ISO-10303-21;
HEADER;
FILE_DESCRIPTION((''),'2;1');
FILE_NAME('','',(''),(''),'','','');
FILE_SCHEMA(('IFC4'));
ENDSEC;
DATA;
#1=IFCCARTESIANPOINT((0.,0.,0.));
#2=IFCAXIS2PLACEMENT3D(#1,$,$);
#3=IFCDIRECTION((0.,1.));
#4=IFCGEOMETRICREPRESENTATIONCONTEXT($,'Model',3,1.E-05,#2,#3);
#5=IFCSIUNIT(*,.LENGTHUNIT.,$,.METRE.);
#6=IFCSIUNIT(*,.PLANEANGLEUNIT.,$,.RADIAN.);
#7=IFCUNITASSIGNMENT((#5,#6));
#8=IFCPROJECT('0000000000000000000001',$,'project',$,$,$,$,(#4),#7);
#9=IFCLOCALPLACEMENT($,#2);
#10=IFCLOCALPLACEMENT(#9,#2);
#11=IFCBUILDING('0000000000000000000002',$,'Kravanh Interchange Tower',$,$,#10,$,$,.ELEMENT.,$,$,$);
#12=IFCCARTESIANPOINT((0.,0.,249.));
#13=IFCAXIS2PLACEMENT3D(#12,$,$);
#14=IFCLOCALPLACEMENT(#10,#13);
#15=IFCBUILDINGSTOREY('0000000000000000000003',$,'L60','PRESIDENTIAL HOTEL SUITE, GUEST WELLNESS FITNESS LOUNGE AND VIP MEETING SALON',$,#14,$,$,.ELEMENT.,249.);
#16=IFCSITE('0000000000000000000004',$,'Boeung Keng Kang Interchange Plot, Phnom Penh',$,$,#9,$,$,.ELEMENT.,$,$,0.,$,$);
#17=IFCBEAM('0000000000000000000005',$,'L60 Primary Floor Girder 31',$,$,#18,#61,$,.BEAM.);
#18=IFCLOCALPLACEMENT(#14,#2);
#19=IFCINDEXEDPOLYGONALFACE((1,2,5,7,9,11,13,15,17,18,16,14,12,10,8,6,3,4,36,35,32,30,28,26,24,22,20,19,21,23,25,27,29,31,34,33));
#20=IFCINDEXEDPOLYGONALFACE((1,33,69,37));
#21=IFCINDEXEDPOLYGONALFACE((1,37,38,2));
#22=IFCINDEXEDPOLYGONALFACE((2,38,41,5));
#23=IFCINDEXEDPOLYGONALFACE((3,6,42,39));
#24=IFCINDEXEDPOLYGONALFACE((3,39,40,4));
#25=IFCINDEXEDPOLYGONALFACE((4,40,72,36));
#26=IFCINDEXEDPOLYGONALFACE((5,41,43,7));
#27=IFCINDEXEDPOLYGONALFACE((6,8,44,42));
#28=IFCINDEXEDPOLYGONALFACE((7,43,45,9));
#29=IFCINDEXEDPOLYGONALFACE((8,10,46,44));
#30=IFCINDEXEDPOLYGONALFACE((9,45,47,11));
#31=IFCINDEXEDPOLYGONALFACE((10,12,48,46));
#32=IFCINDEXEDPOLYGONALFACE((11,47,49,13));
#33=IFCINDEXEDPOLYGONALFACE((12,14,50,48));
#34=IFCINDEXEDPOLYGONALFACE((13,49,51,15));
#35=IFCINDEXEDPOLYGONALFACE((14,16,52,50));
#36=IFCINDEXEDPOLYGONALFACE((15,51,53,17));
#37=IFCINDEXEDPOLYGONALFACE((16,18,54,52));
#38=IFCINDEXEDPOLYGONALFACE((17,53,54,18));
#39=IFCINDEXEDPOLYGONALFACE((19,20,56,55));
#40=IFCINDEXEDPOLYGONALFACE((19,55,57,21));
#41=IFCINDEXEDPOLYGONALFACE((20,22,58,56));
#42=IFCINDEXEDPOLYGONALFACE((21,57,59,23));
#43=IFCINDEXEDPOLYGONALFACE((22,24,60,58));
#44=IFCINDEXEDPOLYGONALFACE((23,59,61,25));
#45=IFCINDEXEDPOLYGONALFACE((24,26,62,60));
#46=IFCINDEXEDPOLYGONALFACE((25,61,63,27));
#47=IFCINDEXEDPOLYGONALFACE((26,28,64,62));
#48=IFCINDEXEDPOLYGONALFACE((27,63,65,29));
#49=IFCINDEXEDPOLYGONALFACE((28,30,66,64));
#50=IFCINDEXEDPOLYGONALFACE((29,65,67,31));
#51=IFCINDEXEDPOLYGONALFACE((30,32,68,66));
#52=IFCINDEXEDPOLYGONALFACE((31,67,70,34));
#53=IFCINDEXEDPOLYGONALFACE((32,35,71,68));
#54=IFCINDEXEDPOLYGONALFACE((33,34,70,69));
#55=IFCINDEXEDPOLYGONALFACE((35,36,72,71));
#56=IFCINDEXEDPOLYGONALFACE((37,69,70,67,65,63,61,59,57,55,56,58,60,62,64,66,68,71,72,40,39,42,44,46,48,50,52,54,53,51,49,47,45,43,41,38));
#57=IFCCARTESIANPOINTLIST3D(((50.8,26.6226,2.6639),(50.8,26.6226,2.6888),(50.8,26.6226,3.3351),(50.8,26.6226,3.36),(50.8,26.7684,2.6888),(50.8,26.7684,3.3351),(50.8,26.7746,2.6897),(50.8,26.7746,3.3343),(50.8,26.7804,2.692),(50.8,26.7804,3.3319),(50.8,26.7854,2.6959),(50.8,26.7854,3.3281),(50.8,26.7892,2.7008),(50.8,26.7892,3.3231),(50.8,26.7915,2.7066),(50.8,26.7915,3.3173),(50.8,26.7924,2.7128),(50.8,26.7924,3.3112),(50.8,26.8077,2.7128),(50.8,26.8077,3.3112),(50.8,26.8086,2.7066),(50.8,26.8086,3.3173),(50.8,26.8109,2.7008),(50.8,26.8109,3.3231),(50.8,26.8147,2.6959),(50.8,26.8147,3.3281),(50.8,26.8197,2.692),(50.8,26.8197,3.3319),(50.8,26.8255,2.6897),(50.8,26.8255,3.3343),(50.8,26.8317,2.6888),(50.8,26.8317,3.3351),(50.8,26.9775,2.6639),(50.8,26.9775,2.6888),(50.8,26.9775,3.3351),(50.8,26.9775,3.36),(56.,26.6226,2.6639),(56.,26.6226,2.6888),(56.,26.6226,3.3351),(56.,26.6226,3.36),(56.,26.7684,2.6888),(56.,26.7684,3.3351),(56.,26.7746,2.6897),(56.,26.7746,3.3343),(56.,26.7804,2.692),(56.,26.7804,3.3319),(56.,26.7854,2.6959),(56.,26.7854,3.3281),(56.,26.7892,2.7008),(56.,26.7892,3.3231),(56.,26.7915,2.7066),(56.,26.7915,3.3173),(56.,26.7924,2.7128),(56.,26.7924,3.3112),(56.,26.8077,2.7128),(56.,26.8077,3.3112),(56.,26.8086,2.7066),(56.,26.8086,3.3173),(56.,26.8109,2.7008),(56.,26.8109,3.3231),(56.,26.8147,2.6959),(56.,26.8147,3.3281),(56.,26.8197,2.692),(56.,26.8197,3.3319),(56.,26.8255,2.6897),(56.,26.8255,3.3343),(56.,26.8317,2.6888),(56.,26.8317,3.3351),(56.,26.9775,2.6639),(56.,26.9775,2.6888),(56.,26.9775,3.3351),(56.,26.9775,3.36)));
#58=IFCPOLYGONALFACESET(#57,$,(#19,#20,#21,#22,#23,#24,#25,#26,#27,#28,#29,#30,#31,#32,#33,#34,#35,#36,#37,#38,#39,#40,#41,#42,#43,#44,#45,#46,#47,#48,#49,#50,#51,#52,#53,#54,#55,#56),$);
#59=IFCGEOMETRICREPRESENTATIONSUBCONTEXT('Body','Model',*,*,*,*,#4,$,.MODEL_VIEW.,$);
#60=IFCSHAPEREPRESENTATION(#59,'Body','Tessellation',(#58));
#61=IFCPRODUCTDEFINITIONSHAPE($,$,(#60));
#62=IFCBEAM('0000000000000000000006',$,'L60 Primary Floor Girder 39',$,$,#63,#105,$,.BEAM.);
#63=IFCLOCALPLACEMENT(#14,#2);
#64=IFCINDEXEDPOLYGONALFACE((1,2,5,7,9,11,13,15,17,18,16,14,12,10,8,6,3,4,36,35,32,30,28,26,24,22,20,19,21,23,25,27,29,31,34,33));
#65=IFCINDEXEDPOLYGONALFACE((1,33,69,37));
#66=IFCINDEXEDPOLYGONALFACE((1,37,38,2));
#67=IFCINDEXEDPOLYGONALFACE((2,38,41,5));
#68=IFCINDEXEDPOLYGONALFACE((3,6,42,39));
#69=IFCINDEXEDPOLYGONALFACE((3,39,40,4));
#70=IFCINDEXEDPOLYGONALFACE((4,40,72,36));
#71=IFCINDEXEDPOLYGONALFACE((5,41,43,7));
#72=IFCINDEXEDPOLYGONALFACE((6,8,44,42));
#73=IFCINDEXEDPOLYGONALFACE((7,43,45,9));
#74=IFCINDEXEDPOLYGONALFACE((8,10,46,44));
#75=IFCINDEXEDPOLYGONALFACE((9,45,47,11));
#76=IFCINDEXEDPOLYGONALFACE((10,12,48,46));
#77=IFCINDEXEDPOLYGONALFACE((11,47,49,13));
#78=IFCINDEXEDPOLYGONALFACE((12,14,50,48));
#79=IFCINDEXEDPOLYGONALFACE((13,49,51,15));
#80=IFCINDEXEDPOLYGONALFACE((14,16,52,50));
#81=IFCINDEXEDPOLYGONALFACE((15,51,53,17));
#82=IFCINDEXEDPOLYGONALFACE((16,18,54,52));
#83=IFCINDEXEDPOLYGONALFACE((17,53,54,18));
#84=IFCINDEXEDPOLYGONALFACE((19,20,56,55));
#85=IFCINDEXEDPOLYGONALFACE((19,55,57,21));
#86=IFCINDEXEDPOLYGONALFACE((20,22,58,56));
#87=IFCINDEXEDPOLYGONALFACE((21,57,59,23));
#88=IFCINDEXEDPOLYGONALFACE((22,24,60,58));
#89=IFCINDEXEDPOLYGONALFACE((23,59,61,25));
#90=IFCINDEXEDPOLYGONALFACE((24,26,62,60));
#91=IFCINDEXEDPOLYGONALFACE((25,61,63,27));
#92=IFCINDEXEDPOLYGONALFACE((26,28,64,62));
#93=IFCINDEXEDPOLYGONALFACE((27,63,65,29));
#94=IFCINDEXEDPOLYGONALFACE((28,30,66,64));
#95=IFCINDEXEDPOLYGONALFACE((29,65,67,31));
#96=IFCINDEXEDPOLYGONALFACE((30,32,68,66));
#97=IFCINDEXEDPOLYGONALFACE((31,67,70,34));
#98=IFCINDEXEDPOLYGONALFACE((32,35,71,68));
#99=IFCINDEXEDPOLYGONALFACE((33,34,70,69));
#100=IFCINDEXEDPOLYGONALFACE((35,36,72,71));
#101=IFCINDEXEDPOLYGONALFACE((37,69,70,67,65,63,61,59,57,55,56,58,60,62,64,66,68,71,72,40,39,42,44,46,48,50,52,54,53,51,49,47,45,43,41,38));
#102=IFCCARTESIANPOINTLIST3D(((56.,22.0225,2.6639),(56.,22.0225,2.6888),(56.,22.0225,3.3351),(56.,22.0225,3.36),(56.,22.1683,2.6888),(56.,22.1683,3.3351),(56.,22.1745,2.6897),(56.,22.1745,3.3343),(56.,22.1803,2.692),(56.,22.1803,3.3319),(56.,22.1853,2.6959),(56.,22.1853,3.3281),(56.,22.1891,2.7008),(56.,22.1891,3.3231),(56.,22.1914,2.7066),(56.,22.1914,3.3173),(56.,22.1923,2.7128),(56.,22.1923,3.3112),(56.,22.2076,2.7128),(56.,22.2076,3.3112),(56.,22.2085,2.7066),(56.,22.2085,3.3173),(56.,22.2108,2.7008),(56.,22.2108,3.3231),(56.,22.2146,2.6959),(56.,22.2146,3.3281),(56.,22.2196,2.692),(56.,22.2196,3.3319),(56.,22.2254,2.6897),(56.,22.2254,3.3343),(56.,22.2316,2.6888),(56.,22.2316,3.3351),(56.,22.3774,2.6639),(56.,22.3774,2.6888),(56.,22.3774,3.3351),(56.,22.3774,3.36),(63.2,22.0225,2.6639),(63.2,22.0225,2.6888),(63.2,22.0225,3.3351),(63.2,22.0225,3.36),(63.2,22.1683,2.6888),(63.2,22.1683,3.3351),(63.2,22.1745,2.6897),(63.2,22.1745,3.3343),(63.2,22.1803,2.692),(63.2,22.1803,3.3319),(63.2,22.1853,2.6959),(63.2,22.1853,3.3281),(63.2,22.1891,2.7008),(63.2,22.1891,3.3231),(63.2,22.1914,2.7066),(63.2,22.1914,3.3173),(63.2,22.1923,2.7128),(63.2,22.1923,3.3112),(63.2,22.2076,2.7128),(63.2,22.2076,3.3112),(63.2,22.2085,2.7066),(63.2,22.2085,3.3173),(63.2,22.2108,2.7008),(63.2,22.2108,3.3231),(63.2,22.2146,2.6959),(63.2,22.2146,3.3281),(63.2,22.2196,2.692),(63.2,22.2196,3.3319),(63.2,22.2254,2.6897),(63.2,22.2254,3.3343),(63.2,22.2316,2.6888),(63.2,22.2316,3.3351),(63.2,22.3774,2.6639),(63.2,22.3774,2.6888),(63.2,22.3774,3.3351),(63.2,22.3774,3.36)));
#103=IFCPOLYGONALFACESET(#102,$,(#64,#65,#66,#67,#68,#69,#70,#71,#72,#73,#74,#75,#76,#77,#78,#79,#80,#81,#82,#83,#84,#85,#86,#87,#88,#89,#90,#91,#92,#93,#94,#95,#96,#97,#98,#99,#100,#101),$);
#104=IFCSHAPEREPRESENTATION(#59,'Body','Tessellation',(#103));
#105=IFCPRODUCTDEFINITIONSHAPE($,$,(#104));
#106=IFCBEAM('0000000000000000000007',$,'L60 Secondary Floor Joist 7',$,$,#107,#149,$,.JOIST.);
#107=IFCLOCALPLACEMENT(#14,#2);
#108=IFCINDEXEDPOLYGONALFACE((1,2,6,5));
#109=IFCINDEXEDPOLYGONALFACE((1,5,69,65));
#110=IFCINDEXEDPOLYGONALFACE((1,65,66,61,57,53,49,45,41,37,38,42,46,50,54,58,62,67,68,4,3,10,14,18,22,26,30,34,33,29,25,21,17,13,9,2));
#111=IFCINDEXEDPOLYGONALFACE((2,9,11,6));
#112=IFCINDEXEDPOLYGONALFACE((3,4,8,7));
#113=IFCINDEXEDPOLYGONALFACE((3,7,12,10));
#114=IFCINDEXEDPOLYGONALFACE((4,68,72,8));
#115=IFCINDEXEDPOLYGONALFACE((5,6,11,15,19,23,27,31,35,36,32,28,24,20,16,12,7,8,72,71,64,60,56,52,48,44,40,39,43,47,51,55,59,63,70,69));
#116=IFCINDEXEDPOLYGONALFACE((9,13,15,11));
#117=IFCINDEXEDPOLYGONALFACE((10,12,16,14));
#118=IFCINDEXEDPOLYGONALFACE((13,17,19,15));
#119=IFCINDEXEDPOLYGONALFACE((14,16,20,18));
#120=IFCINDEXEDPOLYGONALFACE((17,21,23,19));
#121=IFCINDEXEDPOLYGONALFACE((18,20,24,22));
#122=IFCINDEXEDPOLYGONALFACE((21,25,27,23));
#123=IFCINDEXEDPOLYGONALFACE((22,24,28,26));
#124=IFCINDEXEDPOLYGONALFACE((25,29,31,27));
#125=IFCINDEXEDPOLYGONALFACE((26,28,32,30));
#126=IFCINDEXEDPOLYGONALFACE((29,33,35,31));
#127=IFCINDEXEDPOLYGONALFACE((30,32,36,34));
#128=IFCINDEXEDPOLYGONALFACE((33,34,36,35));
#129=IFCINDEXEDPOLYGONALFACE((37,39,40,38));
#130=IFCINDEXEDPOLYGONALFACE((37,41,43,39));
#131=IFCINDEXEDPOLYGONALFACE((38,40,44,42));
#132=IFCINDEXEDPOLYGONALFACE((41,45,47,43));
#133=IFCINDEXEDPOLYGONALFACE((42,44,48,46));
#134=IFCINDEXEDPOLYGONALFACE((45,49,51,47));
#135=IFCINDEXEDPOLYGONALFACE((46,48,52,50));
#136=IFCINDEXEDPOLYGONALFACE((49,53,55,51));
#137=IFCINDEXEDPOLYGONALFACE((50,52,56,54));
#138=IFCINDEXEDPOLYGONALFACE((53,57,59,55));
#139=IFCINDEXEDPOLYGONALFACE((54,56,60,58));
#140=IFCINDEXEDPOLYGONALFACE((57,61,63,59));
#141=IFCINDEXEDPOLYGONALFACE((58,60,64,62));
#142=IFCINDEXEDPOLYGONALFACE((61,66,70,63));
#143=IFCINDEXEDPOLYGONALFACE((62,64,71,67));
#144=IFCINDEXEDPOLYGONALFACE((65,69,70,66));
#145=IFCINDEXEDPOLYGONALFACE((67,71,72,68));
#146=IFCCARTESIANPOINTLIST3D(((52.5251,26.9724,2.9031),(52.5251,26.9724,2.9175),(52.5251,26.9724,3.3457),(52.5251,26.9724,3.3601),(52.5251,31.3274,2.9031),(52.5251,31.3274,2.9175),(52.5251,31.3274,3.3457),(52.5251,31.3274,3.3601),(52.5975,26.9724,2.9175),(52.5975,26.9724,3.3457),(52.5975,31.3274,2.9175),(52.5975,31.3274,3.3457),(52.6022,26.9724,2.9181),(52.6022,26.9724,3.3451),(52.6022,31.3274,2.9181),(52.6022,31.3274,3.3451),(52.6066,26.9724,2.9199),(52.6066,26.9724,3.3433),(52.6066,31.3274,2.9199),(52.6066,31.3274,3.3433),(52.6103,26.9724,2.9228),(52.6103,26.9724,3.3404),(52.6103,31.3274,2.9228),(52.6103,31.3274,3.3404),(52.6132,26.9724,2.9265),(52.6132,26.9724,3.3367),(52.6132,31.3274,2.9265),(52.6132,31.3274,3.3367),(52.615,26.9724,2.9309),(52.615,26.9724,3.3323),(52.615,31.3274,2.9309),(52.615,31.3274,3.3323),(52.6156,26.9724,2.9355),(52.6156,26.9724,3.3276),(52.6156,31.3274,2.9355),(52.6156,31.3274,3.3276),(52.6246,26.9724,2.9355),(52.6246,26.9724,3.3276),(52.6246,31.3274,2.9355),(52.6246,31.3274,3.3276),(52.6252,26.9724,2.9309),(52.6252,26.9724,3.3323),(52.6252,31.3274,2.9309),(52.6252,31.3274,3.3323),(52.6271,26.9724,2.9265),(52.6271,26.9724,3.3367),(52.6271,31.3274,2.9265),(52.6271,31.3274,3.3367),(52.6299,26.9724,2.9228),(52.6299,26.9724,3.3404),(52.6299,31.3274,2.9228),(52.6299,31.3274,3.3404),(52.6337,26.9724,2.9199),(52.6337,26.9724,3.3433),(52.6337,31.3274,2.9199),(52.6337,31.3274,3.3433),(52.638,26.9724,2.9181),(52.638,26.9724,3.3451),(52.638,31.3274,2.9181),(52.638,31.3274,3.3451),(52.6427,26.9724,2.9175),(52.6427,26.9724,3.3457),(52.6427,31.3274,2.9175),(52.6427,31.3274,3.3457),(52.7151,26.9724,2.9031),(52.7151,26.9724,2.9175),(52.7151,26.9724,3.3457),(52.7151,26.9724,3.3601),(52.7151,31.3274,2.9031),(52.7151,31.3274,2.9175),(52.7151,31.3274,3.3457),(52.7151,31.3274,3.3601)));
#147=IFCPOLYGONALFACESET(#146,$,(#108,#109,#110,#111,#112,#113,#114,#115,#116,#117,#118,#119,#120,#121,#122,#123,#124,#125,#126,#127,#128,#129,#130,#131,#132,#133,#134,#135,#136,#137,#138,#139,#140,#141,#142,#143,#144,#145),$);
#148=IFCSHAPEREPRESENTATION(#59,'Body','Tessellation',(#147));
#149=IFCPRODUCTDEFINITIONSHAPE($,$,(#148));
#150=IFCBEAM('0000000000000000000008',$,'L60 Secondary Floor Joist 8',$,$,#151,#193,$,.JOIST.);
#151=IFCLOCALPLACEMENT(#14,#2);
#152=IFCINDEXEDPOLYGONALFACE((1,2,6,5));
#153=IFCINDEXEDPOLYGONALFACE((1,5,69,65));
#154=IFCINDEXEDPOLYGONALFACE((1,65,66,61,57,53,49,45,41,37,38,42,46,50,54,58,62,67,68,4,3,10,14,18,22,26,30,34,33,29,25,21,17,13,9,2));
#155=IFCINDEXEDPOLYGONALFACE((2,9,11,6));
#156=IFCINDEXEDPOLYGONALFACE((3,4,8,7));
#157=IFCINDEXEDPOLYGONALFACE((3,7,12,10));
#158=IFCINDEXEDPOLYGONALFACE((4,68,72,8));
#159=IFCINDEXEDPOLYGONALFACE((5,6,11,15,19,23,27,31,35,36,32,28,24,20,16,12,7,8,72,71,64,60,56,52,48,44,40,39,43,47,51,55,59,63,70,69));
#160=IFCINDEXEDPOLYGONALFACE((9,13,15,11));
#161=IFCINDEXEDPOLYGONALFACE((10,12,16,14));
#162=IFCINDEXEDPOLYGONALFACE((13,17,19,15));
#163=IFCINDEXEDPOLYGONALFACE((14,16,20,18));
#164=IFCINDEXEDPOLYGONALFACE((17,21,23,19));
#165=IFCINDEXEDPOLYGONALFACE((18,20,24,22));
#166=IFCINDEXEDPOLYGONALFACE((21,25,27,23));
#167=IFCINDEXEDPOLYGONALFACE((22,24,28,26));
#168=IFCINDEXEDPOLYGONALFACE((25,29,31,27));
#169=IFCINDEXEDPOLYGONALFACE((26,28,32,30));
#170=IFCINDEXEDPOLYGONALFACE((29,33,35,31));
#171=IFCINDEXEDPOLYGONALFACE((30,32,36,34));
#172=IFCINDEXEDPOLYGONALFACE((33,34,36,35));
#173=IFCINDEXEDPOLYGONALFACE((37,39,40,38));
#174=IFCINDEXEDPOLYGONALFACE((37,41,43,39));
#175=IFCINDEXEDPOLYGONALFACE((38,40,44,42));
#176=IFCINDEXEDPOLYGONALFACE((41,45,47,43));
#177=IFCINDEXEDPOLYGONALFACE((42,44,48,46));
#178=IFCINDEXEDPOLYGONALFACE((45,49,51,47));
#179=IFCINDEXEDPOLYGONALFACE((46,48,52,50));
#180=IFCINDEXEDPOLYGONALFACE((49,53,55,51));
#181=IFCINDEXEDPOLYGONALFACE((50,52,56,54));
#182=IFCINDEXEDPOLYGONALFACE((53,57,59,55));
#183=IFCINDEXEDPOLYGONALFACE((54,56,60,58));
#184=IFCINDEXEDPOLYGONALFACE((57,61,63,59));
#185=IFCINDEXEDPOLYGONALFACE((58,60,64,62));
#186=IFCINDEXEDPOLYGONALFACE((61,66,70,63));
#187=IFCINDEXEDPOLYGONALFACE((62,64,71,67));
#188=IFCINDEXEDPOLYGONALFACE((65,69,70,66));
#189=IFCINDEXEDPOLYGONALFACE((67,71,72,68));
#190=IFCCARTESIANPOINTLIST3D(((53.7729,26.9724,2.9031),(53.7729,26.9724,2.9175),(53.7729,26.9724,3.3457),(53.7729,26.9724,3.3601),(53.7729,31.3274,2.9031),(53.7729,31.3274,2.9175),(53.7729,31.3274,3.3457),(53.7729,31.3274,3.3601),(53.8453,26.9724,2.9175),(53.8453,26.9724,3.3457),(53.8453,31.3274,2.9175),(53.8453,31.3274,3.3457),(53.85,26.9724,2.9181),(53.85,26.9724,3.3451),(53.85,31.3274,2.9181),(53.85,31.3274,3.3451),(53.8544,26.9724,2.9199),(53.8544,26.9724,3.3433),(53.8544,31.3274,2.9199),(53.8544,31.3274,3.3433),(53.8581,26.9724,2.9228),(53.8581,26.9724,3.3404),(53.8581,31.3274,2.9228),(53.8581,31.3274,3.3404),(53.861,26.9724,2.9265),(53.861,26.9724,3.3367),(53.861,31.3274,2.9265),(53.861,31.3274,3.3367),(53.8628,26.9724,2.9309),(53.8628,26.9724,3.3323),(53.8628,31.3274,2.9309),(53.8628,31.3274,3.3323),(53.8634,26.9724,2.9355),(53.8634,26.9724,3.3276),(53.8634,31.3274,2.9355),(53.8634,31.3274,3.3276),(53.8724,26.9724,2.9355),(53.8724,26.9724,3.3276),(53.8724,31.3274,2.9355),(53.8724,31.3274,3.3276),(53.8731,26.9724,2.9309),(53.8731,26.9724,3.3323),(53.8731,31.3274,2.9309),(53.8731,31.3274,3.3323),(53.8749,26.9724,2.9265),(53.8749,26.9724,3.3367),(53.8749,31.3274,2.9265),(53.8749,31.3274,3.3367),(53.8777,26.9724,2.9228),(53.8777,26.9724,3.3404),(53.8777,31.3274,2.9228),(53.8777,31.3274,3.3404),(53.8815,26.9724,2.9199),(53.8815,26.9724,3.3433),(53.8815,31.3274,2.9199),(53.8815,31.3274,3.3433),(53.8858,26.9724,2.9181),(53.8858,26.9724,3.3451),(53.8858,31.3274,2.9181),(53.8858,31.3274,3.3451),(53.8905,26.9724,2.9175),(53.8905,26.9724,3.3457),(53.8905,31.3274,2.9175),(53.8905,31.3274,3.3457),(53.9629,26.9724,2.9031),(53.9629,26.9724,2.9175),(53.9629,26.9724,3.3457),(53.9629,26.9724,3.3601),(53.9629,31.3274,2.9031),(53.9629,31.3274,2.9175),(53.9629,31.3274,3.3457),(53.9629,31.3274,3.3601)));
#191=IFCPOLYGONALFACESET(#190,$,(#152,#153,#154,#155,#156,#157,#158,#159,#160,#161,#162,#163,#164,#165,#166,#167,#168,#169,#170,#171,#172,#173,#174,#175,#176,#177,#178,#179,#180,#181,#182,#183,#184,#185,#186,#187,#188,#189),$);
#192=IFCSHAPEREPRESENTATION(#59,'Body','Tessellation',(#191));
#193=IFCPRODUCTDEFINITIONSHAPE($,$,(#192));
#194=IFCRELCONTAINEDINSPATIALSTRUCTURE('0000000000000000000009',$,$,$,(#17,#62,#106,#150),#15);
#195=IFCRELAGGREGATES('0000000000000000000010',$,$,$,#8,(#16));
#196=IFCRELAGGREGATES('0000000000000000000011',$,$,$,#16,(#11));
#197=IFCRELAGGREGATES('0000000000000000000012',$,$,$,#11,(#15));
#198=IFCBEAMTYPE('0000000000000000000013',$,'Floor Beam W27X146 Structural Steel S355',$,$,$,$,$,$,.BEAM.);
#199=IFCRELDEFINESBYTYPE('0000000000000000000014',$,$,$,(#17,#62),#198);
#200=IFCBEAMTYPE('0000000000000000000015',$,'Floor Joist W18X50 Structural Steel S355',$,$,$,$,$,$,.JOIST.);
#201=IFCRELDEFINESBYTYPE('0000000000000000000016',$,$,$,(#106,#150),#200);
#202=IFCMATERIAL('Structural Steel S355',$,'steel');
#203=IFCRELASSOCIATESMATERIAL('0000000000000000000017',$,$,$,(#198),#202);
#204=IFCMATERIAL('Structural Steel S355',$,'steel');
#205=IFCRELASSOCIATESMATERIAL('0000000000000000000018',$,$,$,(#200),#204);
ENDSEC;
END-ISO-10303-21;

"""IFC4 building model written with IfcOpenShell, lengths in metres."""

from ifc_helpers import new_model, si_unit, direction, frame, origin, origin_2d, place, context, subcontext, project, spatial, i_section, extrude, material, material_profile, profile_set, type_object, element, save


model = new_model("IFC4")

# Units and contexts
model_context = context("Model", 3, precision=1e-05, world=origin(), true_north=direction((0.0, 1.0)))
body_context = subcontext(model_context, "Body", "Model", "MODEL_VIEW")
ifc_project = project(units=[si_unit("LENGTHUNIT", "METRE"), si_unit("PLANEANGLEUNIT", "RADIAN")], contexts=[model_context])

# Site, building, storey
site_placement = place(None, origin())
site = spatial("IfcSite", under=ifc_project, at=site_placement, Name="Boeung Keng Kang Interchange Plot, Phnom Penh", CompositionType="ELEMENT", RefElevation=0.0)
building_placement = place(site_placement, origin())
building = spatial("IfcBuilding", under=site, at=building_placement, Name="Kravanh Interchange Tower", CompositionType="ELEMENT")
storey_placement = place(building_placement, frame((0.0, 0.0, 249.0)))
storey = spatial("IfcBuildingStorey", under=building, at=storey_placement, Name="L60", Description="PRESIDENTIAL HOTEL SUITE, GUEST WELLNESS FITNESS LOUNGE AND VIP MEETING SALON", CompositionType="ELEMENT", Elevation=249.0)

# Beams
ifc_material_1 = material(Name="Structural Steel S355", Category="steel")
ifc_material_profile_1 = material_profile(ifc_material_1, i_section(OverallWidth=0.355, OverallDepth=0.696, WebThickness=0.0154, FlangeThickness=0.0249, FilletRadius=0.0239, at=origin_2d()), Name="W27X146")
ifc_profile_set_1 = profile_set([ifc_material_profile_1], Name="Structural Steel S355")
beam_type_1 = type_object("IfcBeamType", Name="Floor Beam W27X146 Structural Steel S355", PredefinedType="BEAM", material=ifc_profile_set_1)
beam_1_placement = place(storey_placement, frame((50.8, 26.8, 3.012), z_axis=(1.0, 0.0, 0.0), x_axis=(0.0, 1.0, 0.0)))
element("IfcBeam", 1, at=beam_1_placement, inside=storey, type_object=beam_type_1, Name="L60 Primary Floor Girder 31", PredefinedType="BEAM", context=body_context, shape_type="SweptSolid", body=[
    extrude(i_section(OverallWidth=0.355, OverallDepth=0.696, WebThickness=0.0154, FlangeThickness=0.0249, FilletRadius=0.0239, at=origin_2d()), origin(), (0.0, 0.0, 1.0), 5.2),
])
beam_2_placement = place(storey_placement, frame((56.0, 22.2, 3.012), z_axis=(1.0, 0.0, 0.0), x_axis=(0.0, 1.0, 0.0)))
element("IfcBeam", 2, at=beam_2_placement, inside=storey, type_object=beam_type_1, Name="L60 Primary Floor Girder 39", PredefinedType="BEAM", context=body_context, shape_type="SweptSolid", body=[
    extrude(i_section(OverallWidth=0.355, OverallDepth=0.696, WebThickness=0.0154, FlangeThickness=0.0249, FilletRadius=0.0239, at=origin_2d()), origin(), (0.0, 0.0, 1.0), 7.2),
])
ifc_material_2 = material(Name="Structural Steel S355", Category="steel")
ifc_material_profile_2 = material_profile(ifc_material_2, i_section(OverallWidth=0.1899, OverallDepth=0.457, WebThickness=0.009, FlangeThickness=0.0144, FilletRadius=0.0181, at=origin_2d()), Name="W18X50")
ifc_profile_set_2 = profile_set([ifc_material_profile_2], Name="Structural Steel S355")
beam_type_2 = type_object("IfcBeamType", Name="Floor Joist W18X50 Structural Steel S355", PredefinedType="JOIST", material=ifc_profile_set_2)
for number, where, z_axis, x_axis, name in (
    (3, (52.6201, 26.9724, 3.1316), (0.0, 1.0, 0.0), (-1.0, 0.0, 0.0), "L60 Secondary Floor Joist 7"),
    (4, (53.8679, 26.9724, 3.1316), (0.0, 1.0, 0.0), (-1.0, 0.0, 0.0), "L60 Secondary Floor Joist 8"),
):
    element("IfcBeam", number, at=place(storey_placement, frame(where, z_axis=z_axis, x_axis=x_axis)), inside=storey, type_object=beam_type_2, Name=name, PredefinedType="JOIST", context=body_context, shape_type="SweptSolid", body=[
        extrude(i_section(OverallWidth=0.1899, OverallDepth=0.457, WebThickness=0.009, FlangeThickness=0.0144, FilletRadius=0.0181, at=origin_2d()), origin(), (0.0, 0.0, 1.0), 4.355),
    ])

save(model, "model.ifc")
